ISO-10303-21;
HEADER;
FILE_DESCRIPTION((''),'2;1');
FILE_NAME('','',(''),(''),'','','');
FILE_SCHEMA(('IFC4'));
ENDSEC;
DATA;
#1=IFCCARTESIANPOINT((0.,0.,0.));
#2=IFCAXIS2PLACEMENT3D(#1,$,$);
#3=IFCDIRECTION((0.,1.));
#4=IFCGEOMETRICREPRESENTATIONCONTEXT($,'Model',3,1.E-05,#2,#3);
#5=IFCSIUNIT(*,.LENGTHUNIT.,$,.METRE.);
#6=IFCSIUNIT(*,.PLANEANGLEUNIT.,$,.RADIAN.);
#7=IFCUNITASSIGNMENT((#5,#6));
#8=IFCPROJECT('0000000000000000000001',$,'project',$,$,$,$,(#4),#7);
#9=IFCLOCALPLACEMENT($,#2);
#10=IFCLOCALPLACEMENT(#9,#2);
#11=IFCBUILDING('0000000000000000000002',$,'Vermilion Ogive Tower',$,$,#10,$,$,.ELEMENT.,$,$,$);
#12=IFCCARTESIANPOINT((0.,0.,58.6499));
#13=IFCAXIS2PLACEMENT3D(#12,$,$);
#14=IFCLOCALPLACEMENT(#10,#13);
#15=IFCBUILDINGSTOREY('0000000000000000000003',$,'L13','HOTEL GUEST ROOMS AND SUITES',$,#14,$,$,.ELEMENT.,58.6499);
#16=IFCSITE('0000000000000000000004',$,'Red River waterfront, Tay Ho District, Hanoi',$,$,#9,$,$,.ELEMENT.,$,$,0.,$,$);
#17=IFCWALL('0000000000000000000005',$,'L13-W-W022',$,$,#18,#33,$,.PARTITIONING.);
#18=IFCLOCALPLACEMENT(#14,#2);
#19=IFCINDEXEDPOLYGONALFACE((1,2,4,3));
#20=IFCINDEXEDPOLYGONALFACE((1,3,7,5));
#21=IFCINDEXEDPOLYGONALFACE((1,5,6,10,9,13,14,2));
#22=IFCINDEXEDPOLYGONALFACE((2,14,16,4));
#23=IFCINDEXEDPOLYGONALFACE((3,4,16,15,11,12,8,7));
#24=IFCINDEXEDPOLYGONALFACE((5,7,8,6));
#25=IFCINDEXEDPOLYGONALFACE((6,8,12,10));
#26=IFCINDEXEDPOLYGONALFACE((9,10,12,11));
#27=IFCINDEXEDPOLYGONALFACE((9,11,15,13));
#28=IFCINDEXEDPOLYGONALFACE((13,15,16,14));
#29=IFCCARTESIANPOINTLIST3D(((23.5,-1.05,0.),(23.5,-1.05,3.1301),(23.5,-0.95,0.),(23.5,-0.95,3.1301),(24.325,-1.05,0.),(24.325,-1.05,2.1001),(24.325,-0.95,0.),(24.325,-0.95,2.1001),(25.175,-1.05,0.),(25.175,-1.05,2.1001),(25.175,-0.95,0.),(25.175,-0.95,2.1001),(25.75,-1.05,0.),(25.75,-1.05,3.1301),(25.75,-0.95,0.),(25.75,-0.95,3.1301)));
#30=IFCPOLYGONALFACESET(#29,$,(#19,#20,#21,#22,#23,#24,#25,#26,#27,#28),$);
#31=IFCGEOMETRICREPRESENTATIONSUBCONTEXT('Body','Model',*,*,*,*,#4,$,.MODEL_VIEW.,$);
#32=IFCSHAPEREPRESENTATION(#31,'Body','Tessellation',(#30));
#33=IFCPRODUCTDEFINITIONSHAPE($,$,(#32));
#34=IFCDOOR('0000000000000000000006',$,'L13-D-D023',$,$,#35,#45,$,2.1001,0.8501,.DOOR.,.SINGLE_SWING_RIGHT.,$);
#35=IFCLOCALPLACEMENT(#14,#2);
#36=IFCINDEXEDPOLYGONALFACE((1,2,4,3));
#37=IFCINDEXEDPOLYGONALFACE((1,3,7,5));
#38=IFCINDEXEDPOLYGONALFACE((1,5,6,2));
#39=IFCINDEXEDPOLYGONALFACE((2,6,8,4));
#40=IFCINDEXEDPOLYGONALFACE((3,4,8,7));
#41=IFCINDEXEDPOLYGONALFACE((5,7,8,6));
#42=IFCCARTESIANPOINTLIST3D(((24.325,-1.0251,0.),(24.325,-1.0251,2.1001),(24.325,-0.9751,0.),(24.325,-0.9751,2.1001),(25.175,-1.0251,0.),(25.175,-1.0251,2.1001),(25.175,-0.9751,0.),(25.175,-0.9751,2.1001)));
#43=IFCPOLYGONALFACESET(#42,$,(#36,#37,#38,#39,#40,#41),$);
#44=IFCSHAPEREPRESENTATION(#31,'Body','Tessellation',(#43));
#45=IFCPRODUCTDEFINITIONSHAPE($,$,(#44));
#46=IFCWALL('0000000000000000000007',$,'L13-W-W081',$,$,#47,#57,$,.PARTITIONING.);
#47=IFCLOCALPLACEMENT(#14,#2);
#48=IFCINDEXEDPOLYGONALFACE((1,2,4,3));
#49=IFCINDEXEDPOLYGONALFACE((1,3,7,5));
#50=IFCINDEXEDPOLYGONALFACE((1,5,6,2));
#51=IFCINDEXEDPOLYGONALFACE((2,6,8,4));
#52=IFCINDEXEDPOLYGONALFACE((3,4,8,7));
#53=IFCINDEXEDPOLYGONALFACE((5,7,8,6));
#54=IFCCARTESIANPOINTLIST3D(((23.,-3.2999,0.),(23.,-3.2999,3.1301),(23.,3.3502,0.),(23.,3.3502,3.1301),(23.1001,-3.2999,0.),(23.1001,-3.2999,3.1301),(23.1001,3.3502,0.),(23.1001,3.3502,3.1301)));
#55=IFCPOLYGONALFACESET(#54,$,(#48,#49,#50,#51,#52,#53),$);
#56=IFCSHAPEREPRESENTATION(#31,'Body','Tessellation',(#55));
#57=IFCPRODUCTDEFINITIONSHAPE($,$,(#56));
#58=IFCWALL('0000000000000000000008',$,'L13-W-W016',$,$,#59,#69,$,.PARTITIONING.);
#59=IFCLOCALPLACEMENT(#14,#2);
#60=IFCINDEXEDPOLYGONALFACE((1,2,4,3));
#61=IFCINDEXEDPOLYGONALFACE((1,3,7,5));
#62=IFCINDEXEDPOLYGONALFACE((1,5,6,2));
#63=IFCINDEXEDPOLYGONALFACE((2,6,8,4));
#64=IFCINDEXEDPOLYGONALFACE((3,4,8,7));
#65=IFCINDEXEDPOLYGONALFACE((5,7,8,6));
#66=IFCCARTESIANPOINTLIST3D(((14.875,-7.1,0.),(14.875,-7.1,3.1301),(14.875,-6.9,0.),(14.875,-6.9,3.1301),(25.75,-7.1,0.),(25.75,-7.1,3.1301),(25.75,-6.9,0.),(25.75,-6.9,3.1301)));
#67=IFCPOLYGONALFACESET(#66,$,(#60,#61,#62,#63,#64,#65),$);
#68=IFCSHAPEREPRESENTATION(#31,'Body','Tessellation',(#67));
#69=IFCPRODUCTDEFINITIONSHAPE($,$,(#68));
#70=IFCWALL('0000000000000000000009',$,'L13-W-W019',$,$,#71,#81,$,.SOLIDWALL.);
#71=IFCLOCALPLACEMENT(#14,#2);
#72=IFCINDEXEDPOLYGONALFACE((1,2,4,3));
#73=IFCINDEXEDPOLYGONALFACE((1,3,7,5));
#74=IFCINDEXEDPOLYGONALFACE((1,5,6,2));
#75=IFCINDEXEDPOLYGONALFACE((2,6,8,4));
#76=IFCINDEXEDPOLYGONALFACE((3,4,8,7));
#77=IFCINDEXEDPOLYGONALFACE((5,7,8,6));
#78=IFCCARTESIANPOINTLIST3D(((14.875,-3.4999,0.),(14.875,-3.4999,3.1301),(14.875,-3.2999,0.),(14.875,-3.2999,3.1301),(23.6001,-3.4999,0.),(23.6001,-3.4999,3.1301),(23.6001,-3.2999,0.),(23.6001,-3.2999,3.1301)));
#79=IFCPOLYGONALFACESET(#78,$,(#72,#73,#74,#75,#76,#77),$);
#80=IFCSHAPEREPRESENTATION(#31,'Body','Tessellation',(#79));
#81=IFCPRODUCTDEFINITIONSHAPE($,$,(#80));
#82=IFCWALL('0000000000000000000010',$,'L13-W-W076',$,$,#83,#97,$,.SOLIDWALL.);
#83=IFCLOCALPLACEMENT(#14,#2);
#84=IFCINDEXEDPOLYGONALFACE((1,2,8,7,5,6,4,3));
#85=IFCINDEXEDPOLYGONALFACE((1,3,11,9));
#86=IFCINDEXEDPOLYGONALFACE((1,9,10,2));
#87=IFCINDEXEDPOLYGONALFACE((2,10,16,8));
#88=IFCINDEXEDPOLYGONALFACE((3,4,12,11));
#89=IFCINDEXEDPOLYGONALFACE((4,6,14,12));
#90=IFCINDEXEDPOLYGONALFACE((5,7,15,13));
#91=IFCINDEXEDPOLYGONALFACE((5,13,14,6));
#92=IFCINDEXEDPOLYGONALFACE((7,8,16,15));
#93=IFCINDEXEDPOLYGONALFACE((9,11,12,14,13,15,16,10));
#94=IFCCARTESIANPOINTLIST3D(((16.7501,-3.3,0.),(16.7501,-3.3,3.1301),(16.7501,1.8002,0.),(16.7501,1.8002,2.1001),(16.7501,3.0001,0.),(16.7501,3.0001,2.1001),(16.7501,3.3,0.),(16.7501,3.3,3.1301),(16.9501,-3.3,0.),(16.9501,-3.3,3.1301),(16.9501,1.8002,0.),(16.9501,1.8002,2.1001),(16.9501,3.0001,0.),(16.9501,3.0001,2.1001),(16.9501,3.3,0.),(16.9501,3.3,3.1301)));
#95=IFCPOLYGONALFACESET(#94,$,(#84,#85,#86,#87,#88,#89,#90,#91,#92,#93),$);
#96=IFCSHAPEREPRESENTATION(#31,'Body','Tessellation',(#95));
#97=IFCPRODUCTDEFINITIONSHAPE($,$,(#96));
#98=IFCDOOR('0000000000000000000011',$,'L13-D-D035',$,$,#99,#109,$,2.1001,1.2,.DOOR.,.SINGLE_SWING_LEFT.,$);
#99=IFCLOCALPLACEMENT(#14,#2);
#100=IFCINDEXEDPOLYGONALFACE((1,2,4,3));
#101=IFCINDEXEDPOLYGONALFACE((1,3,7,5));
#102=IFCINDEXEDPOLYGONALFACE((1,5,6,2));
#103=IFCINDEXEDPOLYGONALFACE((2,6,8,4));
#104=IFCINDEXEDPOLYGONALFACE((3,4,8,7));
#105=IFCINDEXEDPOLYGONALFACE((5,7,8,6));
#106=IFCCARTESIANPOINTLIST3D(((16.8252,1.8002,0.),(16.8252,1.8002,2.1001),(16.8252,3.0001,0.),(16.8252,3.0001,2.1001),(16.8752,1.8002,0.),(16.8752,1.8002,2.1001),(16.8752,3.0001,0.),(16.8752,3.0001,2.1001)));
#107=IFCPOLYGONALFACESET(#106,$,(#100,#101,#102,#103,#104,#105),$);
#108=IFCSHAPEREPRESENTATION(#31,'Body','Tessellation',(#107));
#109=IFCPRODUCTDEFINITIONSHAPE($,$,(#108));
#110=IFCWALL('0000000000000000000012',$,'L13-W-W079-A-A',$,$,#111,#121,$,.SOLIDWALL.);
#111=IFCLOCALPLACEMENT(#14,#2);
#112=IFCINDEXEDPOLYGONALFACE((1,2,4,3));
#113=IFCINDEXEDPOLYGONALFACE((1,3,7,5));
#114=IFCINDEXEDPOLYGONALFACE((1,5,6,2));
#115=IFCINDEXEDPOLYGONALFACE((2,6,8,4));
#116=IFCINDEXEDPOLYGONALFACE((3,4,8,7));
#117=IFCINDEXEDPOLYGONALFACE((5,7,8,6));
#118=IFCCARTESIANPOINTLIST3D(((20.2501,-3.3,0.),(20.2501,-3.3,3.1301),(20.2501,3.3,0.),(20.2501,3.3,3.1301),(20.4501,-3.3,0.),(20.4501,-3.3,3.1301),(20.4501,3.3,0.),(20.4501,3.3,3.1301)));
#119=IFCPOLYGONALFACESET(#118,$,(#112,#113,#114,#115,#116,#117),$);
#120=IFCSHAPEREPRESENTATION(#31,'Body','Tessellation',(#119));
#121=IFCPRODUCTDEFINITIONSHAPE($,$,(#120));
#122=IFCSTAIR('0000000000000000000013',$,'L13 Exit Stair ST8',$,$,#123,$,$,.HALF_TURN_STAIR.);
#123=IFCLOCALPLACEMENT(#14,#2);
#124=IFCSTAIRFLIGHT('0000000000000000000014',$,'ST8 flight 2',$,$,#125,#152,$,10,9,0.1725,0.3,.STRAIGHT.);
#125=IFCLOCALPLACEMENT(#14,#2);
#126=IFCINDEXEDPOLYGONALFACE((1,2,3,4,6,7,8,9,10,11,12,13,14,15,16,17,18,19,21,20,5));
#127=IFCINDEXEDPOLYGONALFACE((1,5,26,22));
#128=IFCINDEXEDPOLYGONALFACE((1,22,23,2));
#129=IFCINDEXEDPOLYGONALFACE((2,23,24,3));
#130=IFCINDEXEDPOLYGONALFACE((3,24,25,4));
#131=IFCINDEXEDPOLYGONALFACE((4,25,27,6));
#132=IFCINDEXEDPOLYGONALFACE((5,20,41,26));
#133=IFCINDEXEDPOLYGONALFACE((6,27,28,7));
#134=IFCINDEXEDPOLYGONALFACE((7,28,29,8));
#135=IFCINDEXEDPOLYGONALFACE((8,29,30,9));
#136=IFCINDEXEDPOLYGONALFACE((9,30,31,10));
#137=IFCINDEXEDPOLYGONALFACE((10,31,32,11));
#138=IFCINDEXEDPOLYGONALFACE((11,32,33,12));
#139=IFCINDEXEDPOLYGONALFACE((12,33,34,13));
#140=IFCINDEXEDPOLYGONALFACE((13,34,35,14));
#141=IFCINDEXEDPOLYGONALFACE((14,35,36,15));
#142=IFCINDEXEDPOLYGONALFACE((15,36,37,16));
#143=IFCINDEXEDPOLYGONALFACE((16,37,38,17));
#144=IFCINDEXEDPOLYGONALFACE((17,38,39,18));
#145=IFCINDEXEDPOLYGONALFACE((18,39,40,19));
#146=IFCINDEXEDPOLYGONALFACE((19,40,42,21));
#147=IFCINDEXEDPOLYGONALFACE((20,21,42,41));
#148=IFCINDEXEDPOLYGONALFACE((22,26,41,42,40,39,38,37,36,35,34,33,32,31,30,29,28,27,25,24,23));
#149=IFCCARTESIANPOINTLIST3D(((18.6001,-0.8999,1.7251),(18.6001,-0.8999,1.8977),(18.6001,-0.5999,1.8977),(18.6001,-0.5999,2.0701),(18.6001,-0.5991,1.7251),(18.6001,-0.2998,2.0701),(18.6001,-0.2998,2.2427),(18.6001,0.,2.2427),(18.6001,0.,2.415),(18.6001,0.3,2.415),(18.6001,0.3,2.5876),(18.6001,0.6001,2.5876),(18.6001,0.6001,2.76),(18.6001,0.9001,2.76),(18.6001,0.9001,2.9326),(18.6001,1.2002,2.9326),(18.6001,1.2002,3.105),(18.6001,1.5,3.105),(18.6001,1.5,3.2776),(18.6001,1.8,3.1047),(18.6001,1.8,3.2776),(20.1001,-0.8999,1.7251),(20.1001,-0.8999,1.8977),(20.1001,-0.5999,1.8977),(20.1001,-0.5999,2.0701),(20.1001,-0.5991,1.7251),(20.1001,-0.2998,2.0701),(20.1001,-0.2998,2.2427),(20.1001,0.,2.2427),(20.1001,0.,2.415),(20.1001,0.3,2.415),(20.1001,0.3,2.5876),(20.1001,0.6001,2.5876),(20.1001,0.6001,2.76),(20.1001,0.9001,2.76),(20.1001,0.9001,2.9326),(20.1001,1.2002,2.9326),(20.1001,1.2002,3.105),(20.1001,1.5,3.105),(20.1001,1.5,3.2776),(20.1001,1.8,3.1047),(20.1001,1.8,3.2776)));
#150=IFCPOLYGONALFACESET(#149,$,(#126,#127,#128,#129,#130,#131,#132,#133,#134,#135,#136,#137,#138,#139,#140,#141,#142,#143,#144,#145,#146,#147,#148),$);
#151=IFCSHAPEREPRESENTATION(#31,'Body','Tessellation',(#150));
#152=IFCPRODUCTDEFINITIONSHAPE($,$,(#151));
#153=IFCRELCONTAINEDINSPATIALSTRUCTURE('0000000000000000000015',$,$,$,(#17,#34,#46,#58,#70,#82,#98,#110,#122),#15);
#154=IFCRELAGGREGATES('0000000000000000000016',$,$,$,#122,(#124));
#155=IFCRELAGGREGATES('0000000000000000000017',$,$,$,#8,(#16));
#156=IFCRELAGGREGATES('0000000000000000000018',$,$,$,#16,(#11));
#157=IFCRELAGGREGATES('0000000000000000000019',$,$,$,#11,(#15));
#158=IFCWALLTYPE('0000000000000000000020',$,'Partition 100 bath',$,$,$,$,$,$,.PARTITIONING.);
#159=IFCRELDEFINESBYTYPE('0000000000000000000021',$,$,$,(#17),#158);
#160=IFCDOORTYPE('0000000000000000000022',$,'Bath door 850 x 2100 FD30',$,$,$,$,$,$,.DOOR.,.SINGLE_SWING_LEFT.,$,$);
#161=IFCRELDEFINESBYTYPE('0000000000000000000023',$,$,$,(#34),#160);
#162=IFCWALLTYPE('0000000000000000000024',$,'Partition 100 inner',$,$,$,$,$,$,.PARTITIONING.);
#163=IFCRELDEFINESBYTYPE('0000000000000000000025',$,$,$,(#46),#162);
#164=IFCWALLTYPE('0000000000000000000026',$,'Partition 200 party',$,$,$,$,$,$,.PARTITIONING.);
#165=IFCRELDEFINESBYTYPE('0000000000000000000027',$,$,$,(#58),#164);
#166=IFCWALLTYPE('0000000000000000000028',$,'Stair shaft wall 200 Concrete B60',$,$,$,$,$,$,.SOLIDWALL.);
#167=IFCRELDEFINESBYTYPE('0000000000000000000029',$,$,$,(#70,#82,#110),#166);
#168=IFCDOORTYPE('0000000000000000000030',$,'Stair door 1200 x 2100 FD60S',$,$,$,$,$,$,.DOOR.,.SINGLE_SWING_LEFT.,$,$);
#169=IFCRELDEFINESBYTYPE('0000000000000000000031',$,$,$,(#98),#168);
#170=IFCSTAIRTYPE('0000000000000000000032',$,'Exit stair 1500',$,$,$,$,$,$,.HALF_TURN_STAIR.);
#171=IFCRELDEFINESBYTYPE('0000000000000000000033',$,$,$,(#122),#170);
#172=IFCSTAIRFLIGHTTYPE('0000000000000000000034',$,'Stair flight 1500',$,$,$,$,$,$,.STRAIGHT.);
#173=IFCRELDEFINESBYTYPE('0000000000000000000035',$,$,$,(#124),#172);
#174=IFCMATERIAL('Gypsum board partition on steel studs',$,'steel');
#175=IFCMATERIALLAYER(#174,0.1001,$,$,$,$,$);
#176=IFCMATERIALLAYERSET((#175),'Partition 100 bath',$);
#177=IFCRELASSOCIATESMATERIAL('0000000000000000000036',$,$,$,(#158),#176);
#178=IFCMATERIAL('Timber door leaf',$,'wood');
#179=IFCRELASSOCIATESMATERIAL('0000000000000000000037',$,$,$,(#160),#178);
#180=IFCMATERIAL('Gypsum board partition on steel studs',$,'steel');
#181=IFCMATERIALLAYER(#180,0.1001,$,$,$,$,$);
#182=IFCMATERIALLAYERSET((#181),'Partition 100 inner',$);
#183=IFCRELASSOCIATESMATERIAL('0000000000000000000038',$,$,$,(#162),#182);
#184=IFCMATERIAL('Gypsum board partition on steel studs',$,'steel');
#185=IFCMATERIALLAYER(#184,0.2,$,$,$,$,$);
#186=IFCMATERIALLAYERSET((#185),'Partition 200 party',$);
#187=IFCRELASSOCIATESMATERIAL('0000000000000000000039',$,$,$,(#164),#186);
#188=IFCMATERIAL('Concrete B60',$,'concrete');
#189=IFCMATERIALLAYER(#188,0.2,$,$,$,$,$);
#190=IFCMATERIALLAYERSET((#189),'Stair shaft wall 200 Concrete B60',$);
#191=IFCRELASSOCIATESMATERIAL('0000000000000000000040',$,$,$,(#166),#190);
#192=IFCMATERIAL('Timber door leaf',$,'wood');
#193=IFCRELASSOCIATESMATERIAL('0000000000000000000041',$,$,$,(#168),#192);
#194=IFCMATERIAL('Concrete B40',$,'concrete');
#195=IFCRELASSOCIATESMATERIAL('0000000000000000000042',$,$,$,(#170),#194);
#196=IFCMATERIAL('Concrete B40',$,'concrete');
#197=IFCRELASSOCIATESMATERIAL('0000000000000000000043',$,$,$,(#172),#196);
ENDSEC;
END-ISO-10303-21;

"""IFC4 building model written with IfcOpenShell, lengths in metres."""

from ifc_helpers import new_model, si_unit, direction, frame, frame_2d, origin, place, context, subcontext, project, spatial, polyline, rectangle, outline, extrude, material, layer, layer_set, type_object, element, fill, aggregate, save


model = new_model("IFC4")

# Units and contexts
model_context = context("Model", 3, precision=1e-05, world=origin(), true_north=direction((0.0, 1.0)))
body_context = subcontext(model_context, "Body", "Model", "MODEL_VIEW")
ifc_project = project(units=[si_unit("LENGTHUNIT", "METRE"), si_unit("PLANEANGLEUNIT", "RADIAN")], contexts=[model_context])

# Site, building, storey
site_placement = place(None, origin())
site = spatial("IfcSite", under=ifc_project, at=site_placement, Name="Red River waterfront, Tay Ho District, Hanoi", CompositionType="ELEMENT", RefElevation=0.0)
building_placement = place(site_placement, origin())
building = spatial("IfcBuilding", under=site, at=building_placement, Name="Vermilion Ogive Tower", CompositionType="ELEMENT")
storey_placement = place(building_placement, frame((0.0, 0.0, 58.6499)))
storey = spatial("IfcBuildingStorey", under=building, at=storey_placement, Name="L13", Description="HOTEL GUEST ROOMS AND SUITES", CompositionType="ELEMENT", Elevation=58.6499)

# Shared definitions
ifc_material_1 = material(Name="Gypsum board partition on steel studs", Category="steel")
ifc_layer_1 = layer(ifc_material_1, 0.1001)
ifc_layer_set_1 = layer_set([ifc_layer_1], Name="Partition 100 bath")
wall_type_1 = type_object("IfcWallType", Name="Partition 100 bath", PredefinedType="PARTITIONING", material=ifc_layer_set_1)

# Wall, opening, door
wall_1_placement = place(storey_placement, frame((23.5, -1.0, 0.0), z_axis=(0.0, 0.0, 1.0), x_axis=(1.0, 0.0, 0.0)))
wall_1 = element("IfcWall", 1, at=wall_1_placement, inside=storey, type_object=wall_type_1, Name="L13-W-W022", PredefinedType="PARTITIONING", context=body_context, shape_type="SweptSolid", body=[
    extrude(rectangle(XDim=2.25, YDim=0.1001, at=frame_2d((1.125, 0.0))), origin(), (0.0, 0.0, 1.0), 3.1301),
])
opening_1_placement = place(wall_1_placement, frame((0.825, 0.0, 0.0)))
opening_1 = element("IfcOpeningElement", 2, at=opening_1_placement, cuts=wall_1, PredefinedType="OPENING", context=body_context, shape_type="SweptSolid", body=[
    extrude(rectangle(XDim=0.8501, YDim=2.1001, at=frame_2d((0.425, 1.05))), frame((0.0, 0.0601, 0.0), z_axis=(0.0, -1.0, 0.0), x_axis=(1.0, 0.0, 0.0)), (0.0, 0.0, 1.0), 0.1201),
])
ifc_material_2 = material(Name="Timber door leaf", Category="wood")
door_type_1 = type_object("IfcDoorType", Name="Bath door 850 x 2100 FD30", OperationType="SINGLE_SWING_LEFT", PredefinedType="DOOR", material=ifc_material_2)
door_1_placement = place(opening_1_placement, origin())
door_1 = element("IfcDoor", 3, at=door_1_placement, inside=storey, type_object=door_type_1, Name="L13-D-D023", OperationType="SINGLE_SWING_RIGHT", OverallHeight=2.1001, OverallWidth=0.8501, PredefinedType="DOOR", context=body_context, shape_type="SweptSolid", body=[
    extrude(rectangle(XDim=0.8501, YDim=2.1001, at=frame_2d((0.425, 1.05))), frame((0.0, 0.0249, 0.0), z_axis=(0.0, -1.0, 0.0), x_axis=(1.0, 0.0, 0.0)), (0.0, 0.0, 1.0), 0.05),
])
fill(opening_1, door_1)

# Walls
ifc_material_3 = material(Name="Gypsum board partition on steel studs", Category="steel")
ifc_layer_2 = layer(ifc_material_3, 0.1001)
ifc_layer_set_2 = layer_set([ifc_layer_2], Name="Partition 100 inner")
wall_type_2 = type_object("IfcWallType", Name="Partition 100 inner", PredefinedType="PARTITIONING", material=ifc_layer_set_2)
wall_2_placement = place(storey_placement, frame((23.05, -3.3, 0.0), z_axis=(0.0, 0.0, 1.0), x_axis=(0.0, 1.0, 0.0)))
element("IfcWall", 4, at=wall_2_placement, inside=storey, type_object=wall_type_2, Name="L13-W-W081", PredefinedType="PARTITIONING", context=body_context, shape_type="SweptSolid", body=[
    extrude(rectangle(XDim=6.6501, YDim=0.1001, at=frame_2d((3.3252, 0.0))), origin(), (0.0, 0.0, 1.0), 3.1301),
])
ifc_material_4 = material(Name="Gypsum board partition on steel studs", Category="steel")
ifc_layer_3 = layer(ifc_material_4, 0.2)
ifc_layer_set_3 = layer_set([ifc_layer_3], Name="Partition 200 party")
wall_type_3 = type_object("IfcWallType", Name="Partition 200 party", PredefinedType="PARTITIONING", material=ifc_layer_set_3)
wall_3_placement = place(storey_placement, frame((14.875, -7.0, 0.0), z_axis=(0.0, 0.0, 1.0), x_axis=(1.0, 0.0, 0.0)))
element("IfcWall", 5, at=wall_3_placement, inside=storey, type_object=wall_type_3, Name="L13-W-W016", PredefinedType="PARTITIONING", context=body_context, shape_type="SweptSolid", body=[
    extrude(rectangle(XDim=10.875, YDim=0.2, at=frame_2d((5.4375, 0.0))), origin(), (0.0, 0.0, 1.0), 3.1301),
])
ifc_material_5 = material(Name="Concrete B60", Category="concrete")
ifc_layer_4 = layer(ifc_material_5, 0.2)
ifc_layer_set_4 = layer_set([ifc_layer_4], Name="Stair shaft wall 200 Concrete B60")
wall_type_4 = type_object("IfcWallType", Name="Stair shaft wall 200 Concrete B60", PredefinedType="SOLIDWALL", material=ifc_layer_set_4)
wall_4_placement = place(storey_placement, frame((14.875, -3.3999, 0.0), z_axis=(0.0, 0.0, 1.0), x_axis=(1.0, 0.0, 0.0)))
element("IfcWall", 6, at=wall_4_placement, inside=storey, type_object=wall_type_4, Name="L13-W-W019", PredefinedType="SOLIDWALL", context=body_context, shape_type="SweptSolid", body=[
    extrude(rectangle(XDim=8.7251, YDim=0.2, at=frame_2d((4.3625, 0.0))), origin(), (0.0, 0.0, 1.0), 3.1301),
])

# Wall, opening, door
wall_5_placement = place(storey_placement, frame((16.8501, -3.3, 0.0), z_axis=(0.0, 0.0, 1.0), x_axis=(0.0, 1.0, 0.0)))
wall_5 = element("IfcWall", 7, at=wall_5_placement, inside=storey, type_object=wall_type_4, Name="L13-W-W076", PredefinedType="SOLIDWALL", context=body_context, shape_type="SweptSolid", body=[
    extrude(rectangle(XDim=6.6001, YDim=0.2, at=frame_2d((3.3, 0.0))), origin(), (0.0, 0.0, 1.0), 3.1301),
])
opening_2_placement = place(wall_5_placement, frame((5.1001, 0.0, 0.0)))
opening_2 = element("IfcOpeningElement", 8, at=opening_2_placement, cuts=wall_5, PredefinedType="OPENING", context=body_context, shape_type="SweptSolid", body=[
    extrude(rectangle(XDim=1.2, YDim=2.1001, at=frame_2d((0.6001, 1.05))), frame((0.0, 0.1099, 0.0), z_axis=(0.0, -1.0, 0.0), x_axis=(1.0, 0.0, 0.0)), (0.0, 0.0, 1.0), 0.22),
])
ifc_material_6 = material(Name="Timber door leaf", Category="wood")
door_type_2 = type_object("IfcDoorType", Name="Stair door 1200 x 2100 FD60S", OperationType="SINGLE_SWING_LEFT", PredefinedType="DOOR", material=ifc_material_6)
door_2_placement = place(opening_2_placement, origin())
door_2 = element("IfcDoor", 9, at=door_2_placement, inside=storey, type_object=door_type_2, Name="L13-D-D035", OperationType="SINGLE_SWING_LEFT", OverallHeight=2.1001, OverallWidth=1.2, PredefinedType="DOOR", context=body_context, shape_type="SweptSolid", body=[
    extrude(rectangle(XDim=1.2, YDim=2.1001, at=frame_2d((0.6001, 1.05))), frame((0.0, 0.0249, 0.0), z_axis=(0.0, -1.0, 0.0), x_axis=(1.0, 0.0, 0.0)), (0.0, 0.0, 1.0), 0.05),
])
fill(opening_2, door_2)

# Wall
wall_6_placement = place(storey_placement, frame((20.3501, -3.3, 0.0), z_axis=(0.0, 0.0, 1.0), x_axis=(0.0, 1.0, 0.0)))
element("IfcWall", 10, at=wall_6_placement, inside=storey, type_object=wall_type_4, Name="L13-W-W079-A-A", PredefinedType="SOLIDWALL", context=body_context, shape_type="SweptSolid", body=[
    extrude(rectangle(XDim=6.6001, YDim=0.2, at=frame_2d((3.3, 0.0))), origin(), (0.0, 0.0, 1.0), 3.1301),
])

# Stair, stair flight
ifc_material_7 = material(Name="Concrete B40", Category="concrete")
stair_type = type_object("IfcStairType", Name="Exit stair 1500", PredefinedType="HALF_TURN_STAIR", material=ifc_material_7)
stair_placement = place(storey_placement, origin())
stair = element("IfcStair", 11, at=stair_placement, inside=storey, type_object=stair_type, Name="L13 Exit Stair ST8", PredefinedType="HALF_TURN_STAIR")
ifc_material_8 = material(Name="Concrete B40", Category="concrete")
stair_flight_type = type_object("IfcStairFlightType", Name="Stair flight 1500", PredefinedType="STRAIGHT", material=ifc_material_8)
stair_flight_placement = place(storey_placement, frame((19.3501, -0.8999, 1.7251), z_axis=(0.0, 0.0, 1.0), x_axis=(0.0, 1.0, 0.0)))
stair_flight = element("IfcStairFlight", 12, at=stair_flight_placement, type_object=stair_flight_type, Name="ST8 flight 2", NumberOfRisers=10, NumberOfTreads=9, PredefinedType="STRAIGHT", RiserHeight=0.1725, TreadLength=0.3, context=body_context, shape_type="SweptSolid", body=[
    extrude(outline(polyline([(0.0, 0.0), (0.0, 0.1726), (0.3, 0.1726), (0.3, 0.345), (0.6001, 0.345), (0.6001, 0.5176), (0.8999, 0.5176), (0.8999, 0.6899), (1.2, 0.6899), (1.2, 0.8625), (1.5, 0.8625), (1.5, 1.0349), (1.8, 1.0349), (1.8, 1.2075), (2.1001, 1.2075), (2.1001, 1.3799), (2.3999, 1.3799), (2.3999, 1.5525), (2.7, 1.5525), (2.7, 1.7251), (2.7, 1.3796), (0.3008, 0.0), (0.0, 0.0)])), frame((0.0, 0.75, 0.0), z_axis=(0.0, -1.0, 0.0), x_axis=(1.0, 0.0, 0.0)), (0.0, 0.0, 1.0), 1.5),
])
aggregate(stair, [stair_flight])

save(model, "model.ifc")
